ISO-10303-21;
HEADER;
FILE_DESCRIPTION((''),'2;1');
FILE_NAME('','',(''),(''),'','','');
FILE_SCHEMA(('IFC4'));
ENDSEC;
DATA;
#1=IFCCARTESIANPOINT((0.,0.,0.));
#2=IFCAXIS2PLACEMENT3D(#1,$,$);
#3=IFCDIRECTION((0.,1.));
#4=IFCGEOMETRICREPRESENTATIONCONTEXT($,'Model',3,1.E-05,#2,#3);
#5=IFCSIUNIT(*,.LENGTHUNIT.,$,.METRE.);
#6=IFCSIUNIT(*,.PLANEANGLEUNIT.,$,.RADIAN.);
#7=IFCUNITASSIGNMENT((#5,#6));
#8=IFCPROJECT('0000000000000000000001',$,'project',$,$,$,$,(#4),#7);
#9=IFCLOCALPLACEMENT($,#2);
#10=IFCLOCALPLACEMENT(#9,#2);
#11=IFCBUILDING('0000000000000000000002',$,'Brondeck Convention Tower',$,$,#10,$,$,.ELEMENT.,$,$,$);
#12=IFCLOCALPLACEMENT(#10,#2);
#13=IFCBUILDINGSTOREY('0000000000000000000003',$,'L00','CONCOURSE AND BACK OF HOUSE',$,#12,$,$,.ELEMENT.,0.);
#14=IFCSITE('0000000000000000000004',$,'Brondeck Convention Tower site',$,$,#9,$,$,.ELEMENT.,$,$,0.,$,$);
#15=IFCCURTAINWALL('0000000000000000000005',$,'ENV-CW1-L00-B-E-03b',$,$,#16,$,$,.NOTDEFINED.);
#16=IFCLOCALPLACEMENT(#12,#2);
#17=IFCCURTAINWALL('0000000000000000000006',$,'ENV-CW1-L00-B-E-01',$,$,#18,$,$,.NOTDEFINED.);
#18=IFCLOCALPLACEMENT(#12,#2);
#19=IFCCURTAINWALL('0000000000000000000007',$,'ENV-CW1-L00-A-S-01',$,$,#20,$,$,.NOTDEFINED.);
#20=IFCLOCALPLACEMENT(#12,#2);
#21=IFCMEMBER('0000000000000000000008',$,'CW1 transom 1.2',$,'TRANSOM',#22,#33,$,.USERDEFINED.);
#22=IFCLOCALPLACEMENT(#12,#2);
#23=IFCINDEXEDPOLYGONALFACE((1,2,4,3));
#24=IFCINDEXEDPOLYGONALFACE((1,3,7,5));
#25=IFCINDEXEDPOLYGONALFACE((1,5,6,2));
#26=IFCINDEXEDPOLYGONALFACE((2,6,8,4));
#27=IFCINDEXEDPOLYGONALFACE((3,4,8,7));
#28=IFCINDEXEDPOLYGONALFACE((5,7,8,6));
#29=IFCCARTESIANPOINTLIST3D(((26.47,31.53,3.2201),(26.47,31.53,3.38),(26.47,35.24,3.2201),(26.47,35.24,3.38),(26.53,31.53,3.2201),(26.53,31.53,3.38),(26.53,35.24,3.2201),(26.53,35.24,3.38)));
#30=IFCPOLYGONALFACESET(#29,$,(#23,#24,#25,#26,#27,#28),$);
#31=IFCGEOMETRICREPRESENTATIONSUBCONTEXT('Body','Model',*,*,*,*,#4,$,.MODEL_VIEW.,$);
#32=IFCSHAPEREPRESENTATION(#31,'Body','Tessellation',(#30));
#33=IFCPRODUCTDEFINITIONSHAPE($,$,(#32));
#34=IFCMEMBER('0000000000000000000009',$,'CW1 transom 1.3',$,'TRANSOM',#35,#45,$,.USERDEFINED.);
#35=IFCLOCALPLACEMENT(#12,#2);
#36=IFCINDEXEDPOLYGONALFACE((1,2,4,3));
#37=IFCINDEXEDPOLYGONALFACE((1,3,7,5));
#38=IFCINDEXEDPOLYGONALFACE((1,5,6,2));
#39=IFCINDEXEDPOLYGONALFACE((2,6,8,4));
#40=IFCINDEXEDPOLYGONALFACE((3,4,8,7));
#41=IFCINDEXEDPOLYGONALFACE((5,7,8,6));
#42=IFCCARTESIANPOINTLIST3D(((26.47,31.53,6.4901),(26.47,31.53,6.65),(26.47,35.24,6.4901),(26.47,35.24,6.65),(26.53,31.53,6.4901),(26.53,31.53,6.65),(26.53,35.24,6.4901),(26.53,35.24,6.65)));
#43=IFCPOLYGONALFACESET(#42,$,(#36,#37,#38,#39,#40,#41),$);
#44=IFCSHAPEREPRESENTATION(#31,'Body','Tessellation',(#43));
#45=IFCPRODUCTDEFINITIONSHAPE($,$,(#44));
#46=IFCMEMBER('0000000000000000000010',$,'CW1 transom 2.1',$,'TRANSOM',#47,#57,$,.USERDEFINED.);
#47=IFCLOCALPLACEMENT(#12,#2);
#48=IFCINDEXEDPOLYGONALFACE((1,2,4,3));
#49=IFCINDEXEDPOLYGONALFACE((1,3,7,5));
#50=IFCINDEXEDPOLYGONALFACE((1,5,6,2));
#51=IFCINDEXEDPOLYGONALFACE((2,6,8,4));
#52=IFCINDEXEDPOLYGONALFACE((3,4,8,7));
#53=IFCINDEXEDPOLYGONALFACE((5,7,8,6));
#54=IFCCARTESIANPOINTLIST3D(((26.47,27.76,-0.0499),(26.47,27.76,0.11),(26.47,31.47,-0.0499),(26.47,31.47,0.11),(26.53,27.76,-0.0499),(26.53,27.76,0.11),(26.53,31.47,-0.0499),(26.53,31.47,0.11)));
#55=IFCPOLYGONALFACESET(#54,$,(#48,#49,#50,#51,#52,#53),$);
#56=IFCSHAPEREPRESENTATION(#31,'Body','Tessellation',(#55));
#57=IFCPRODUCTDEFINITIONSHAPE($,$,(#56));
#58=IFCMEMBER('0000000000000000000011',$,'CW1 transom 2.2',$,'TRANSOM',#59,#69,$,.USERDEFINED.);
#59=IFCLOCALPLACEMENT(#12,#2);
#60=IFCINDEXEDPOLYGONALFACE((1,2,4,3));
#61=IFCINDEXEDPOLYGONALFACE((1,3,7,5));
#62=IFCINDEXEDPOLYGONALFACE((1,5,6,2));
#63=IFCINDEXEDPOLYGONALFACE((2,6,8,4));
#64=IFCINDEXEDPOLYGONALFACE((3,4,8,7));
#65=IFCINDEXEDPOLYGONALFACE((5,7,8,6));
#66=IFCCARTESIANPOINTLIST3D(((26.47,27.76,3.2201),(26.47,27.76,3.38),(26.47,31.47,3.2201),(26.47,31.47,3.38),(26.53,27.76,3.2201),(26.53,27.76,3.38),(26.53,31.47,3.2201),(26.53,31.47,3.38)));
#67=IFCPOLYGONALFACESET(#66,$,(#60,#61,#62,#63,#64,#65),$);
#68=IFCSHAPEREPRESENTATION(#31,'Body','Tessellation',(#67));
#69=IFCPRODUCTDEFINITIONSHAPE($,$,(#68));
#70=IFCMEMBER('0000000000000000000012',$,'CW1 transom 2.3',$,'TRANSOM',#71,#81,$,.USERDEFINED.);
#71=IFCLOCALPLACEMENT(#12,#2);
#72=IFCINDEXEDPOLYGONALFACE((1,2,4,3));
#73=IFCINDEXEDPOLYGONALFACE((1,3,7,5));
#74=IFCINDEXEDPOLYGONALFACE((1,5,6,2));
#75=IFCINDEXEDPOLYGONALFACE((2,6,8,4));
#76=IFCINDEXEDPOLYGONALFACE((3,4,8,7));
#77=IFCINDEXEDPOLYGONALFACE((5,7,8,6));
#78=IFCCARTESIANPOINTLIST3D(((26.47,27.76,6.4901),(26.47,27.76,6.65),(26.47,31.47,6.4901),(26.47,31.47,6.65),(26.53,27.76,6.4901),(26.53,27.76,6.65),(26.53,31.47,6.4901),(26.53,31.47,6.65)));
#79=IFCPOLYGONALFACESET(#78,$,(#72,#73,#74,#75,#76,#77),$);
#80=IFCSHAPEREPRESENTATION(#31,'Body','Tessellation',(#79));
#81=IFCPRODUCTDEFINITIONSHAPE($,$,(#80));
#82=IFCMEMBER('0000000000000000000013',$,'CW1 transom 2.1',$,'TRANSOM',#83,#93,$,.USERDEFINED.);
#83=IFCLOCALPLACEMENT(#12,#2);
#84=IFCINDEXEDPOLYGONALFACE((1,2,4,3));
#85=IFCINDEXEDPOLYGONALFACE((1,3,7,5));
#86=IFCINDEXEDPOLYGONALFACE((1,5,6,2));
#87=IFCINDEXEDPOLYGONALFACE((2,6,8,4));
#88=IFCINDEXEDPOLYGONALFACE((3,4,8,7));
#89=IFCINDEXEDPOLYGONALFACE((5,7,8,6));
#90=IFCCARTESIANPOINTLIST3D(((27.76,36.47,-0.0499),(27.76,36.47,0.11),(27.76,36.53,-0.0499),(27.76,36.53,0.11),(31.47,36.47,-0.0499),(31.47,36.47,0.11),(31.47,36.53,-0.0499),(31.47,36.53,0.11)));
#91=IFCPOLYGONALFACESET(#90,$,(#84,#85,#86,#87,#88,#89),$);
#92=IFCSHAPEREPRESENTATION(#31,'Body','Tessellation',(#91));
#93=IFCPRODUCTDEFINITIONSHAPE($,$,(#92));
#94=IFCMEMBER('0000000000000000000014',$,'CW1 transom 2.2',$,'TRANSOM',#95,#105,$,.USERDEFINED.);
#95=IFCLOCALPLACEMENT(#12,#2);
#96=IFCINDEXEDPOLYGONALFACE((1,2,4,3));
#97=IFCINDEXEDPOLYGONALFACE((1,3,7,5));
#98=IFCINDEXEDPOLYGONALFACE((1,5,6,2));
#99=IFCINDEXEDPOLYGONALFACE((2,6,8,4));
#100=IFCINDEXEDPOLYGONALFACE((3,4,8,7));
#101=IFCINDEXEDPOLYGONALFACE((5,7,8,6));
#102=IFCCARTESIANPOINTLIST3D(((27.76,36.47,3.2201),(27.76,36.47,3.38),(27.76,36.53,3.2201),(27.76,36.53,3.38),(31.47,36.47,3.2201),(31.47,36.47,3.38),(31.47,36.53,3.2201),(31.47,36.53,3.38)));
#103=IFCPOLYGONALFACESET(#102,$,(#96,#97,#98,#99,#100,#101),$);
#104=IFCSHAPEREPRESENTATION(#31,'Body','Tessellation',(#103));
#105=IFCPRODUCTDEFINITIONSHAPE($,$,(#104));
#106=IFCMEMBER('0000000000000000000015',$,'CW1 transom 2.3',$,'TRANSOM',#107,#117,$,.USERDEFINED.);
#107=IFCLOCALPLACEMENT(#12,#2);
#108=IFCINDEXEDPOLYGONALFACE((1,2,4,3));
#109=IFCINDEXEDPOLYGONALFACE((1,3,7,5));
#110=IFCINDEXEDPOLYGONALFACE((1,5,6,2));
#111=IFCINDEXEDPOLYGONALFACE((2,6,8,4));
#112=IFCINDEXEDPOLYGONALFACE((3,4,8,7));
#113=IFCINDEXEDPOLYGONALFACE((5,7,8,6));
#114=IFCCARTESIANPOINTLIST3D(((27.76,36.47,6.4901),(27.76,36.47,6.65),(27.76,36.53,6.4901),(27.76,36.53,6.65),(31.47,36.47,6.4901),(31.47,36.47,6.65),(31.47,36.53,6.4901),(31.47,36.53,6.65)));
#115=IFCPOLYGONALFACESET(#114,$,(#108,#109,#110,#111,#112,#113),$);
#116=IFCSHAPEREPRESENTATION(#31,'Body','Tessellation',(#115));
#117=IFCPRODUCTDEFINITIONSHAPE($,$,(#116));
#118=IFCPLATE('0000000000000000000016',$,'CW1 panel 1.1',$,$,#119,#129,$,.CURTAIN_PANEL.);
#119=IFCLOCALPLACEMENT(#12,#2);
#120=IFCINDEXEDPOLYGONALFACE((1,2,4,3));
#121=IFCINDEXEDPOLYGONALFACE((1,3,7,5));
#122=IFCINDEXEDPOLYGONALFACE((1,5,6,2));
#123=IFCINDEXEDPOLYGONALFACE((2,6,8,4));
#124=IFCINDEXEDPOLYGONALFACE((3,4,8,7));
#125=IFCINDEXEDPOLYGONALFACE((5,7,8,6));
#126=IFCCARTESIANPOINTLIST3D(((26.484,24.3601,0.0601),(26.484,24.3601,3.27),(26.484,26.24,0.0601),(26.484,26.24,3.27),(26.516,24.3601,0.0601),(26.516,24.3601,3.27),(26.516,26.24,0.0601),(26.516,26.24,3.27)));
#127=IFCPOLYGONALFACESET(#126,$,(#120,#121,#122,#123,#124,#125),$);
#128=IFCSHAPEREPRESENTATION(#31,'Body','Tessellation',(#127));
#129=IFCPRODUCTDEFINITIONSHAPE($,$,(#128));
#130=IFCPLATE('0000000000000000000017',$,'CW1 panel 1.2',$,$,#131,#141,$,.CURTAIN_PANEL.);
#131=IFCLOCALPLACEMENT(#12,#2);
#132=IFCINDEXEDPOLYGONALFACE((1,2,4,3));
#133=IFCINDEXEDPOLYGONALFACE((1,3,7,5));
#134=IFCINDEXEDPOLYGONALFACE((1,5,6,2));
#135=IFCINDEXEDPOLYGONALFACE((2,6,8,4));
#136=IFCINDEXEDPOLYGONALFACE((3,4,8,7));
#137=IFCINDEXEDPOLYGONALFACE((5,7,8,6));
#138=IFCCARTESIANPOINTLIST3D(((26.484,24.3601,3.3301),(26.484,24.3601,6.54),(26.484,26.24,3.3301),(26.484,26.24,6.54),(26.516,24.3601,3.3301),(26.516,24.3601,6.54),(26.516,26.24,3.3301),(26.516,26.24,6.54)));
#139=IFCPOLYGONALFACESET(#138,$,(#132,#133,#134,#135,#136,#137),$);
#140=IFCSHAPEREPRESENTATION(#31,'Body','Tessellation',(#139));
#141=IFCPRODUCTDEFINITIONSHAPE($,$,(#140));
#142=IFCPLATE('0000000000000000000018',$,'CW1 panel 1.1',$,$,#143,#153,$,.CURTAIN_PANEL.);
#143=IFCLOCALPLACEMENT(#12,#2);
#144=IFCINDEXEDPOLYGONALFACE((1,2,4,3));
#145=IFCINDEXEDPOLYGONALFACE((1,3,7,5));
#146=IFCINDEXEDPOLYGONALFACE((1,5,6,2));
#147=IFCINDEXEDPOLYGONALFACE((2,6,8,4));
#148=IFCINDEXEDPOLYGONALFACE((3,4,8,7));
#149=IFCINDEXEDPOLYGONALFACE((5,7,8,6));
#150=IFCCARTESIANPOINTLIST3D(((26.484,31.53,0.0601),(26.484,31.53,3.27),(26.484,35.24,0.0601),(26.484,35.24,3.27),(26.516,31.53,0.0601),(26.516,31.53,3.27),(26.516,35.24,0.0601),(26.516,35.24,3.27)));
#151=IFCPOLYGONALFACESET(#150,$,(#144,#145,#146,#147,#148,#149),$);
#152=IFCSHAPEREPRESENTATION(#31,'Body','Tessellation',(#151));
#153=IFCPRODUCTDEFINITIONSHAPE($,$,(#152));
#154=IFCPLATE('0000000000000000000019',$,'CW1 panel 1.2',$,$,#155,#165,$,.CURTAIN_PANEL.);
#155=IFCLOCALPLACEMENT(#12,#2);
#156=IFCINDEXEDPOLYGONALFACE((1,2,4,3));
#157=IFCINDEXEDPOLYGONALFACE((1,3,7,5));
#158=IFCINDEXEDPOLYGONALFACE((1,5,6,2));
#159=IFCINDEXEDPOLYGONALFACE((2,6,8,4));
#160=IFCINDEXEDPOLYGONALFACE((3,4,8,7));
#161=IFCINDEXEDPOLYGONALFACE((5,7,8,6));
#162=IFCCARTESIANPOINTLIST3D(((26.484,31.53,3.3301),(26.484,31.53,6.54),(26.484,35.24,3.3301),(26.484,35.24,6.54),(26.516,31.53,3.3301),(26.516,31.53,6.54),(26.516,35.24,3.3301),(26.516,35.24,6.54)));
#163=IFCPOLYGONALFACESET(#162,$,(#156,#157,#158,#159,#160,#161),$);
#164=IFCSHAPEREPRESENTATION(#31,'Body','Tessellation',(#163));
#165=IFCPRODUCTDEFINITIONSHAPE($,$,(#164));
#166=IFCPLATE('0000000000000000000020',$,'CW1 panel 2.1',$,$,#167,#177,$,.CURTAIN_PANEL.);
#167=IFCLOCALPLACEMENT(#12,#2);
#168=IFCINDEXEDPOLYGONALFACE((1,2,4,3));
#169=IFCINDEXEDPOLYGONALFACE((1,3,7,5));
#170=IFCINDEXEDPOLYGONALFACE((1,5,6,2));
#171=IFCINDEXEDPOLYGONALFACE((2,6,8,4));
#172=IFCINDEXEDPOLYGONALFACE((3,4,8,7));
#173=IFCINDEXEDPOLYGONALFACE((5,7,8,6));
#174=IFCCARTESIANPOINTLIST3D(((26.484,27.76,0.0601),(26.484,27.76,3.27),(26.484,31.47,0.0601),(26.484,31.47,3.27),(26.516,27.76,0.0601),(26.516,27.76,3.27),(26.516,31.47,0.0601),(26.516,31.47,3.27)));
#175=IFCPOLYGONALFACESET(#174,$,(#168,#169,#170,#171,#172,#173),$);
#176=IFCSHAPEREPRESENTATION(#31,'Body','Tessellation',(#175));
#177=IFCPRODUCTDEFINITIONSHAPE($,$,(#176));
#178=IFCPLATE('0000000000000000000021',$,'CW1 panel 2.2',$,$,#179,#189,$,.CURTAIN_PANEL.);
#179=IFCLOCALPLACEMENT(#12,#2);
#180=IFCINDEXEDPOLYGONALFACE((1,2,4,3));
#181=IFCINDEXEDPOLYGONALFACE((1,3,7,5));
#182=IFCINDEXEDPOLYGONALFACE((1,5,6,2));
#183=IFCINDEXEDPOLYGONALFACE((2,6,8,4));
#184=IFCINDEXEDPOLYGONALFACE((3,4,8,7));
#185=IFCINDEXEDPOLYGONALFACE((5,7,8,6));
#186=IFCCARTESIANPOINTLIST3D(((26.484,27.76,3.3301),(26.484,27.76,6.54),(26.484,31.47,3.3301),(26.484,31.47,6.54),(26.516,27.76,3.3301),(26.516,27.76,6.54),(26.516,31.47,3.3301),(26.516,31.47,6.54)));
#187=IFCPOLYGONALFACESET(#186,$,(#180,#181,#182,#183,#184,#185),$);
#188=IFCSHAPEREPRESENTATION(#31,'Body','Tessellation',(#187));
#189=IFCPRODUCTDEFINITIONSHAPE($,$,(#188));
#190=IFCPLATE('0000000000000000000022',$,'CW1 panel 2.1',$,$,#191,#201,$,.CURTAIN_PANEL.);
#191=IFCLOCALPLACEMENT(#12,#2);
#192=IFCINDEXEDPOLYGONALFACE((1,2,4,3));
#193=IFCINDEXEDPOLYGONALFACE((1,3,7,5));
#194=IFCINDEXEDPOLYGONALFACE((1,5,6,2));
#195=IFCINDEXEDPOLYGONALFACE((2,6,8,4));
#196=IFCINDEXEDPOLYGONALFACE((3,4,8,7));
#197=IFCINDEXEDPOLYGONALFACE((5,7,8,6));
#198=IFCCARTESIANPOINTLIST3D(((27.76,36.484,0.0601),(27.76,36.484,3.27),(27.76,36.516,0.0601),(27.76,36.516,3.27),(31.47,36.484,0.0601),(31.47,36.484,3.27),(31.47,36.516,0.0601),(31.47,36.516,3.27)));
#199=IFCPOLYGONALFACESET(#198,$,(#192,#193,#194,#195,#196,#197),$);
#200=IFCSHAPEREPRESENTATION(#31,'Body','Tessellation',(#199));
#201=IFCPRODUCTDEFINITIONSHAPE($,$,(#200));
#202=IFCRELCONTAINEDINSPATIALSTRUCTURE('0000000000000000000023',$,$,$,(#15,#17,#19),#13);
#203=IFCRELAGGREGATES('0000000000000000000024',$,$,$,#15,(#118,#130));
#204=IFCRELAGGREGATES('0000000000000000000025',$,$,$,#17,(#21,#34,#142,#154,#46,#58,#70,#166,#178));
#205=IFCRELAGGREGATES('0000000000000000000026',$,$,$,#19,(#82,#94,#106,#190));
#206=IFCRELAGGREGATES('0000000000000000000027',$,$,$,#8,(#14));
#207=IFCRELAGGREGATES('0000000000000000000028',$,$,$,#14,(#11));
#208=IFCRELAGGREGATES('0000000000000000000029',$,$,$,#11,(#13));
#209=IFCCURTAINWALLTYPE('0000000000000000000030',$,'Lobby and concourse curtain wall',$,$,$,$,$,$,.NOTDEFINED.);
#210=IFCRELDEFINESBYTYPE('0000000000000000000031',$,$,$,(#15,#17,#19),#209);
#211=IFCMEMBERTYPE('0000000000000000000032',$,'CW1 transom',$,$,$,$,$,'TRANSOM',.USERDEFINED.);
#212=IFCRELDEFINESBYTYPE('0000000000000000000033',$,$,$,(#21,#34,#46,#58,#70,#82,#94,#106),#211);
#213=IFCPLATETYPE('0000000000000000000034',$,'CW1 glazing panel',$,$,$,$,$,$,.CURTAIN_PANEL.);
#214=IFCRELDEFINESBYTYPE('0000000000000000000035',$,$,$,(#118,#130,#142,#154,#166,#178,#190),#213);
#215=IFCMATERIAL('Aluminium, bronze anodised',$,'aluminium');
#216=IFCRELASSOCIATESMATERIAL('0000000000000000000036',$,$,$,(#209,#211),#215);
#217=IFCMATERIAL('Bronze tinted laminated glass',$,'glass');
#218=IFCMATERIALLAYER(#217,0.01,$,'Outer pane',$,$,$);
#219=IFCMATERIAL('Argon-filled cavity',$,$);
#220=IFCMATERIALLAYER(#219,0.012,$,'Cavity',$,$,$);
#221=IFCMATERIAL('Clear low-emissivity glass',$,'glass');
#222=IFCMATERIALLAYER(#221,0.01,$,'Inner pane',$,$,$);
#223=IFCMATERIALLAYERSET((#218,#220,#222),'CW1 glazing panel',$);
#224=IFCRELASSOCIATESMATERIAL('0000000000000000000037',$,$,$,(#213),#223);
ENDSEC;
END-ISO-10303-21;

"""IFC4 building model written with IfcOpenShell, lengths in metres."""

from ifc_helpers import new_model, si_unit, direction, frame, origin, origin_2d, place, context, subcontext, project, spatial, rectangle, extrude, material, layer, layer_set, material_profile, profile_set, type_object, element, aggregate, save


model = new_model("IFC4")

# Units and contexts
model_context = context("Model", 3, precision=1e-05, world=origin(), true_north=direction((0.0, 1.0)))
body_context = subcontext(model_context, "Body", "Model", "MODEL_VIEW")
ifc_project = project(units=[si_unit("LENGTHUNIT", "METRE"), si_unit("PLANEANGLEUNIT", "RADIAN")], contexts=[model_context])

# Site, building, storey
site_placement = place(None, origin())
site = spatial("IfcSite", under=ifc_project, at=site_placement, Name="Brondeck Convention Tower site", CompositionType="ELEMENT", RefElevation=0.0)
building_placement = place(site_placement, origin())
building = spatial("IfcBuilding", under=site, at=building_placement, Name="Brondeck Convention Tower", CompositionType="ELEMENT")
storey_placement = place(building_placement, origin())
storey = spatial("IfcBuildingStorey", under=building, at=storey_placement, Name="L00", Description="CONCOURSE AND BACK OF HOUSE", CompositionType="ELEMENT", Elevation=0.0)

# Shared definitions
ifc_material_1 = material(Name="Aluminium, bronze anodised", Category="aluminium")
curtain_wall_type = type_object("IfcCurtainWallType", Name="Lobby and concourse curtain wall", PredefinedType="NOTDEFINED", material=ifc_material_1)

# Curtain walls
curtain_wall_1_placement = place(storey_placement, origin())
curtain_wall_1 = element("IfcCurtainWall", 1, at=curtain_wall_1_placement, inside=storey, type_object=curtain_wall_type, Name="ENV-CW1-L00-B-E-03b", PredefinedType="NOTDEFINED")
curtain_wall_2_placement = place(storey_placement, origin())
curtain_wall_2 = element("IfcCurtainWall", 2, at=curtain_wall_2_placement, inside=storey, type_object=curtain_wall_type, Name="ENV-CW1-L00-B-E-01", PredefinedType="NOTDEFINED")
curtain_wall_3_placement = place(storey_placement, origin())
curtain_wall_3 = element("IfcCurtainWall", 3, at=curtain_wall_3_placement, inside=storey, type_object=curtain_wall_type, Name="ENV-CW1-L00-A-S-01", PredefinedType="NOTDEFINED")

# Members
ifc_material_profile_1 = material_profile(ifc_material_1, rectangle(XDim=0.0601, YDim=0.1599, at=origin_2d()), Name="CW1 transom")
ifc_profile_set_1 = profile_set([ifc_material_profile_1], Name="Aluminium, bronze anodised")
member_type_1 = type_object("IfcMemberType", Name="CW1 transom", ElementType="TRANSOM", PredefinedType="USERDEFINED", material=ifc_profile_set_1)
member_1_placement = place(storey_placement, frame((26.5, 35.24, 3.3), z_axis=(0.0, -1.0, 0.0), x_axis=(1.0, 0.0, 0.0)))
member_1 = element("IfcMember", 4, at=member_1_placement, type_object=member_type_1, Name="CW1 transom 1.2", ObjectType="TRANSOM", PredefinedType="USERDEFINED", context=body_context, shape_type="SweptSolid", body=[
    extrude(rectangle(XDim=0.0601, YDim=0.1599, at=origin_2d()), origin(), (0.0, 0.0, 1.0), 3.71),
])
member_2_placement = place(storey_placement, frame((26.5, 35.24, 6.5701), z_axis=(0.0, -1.0, 0.0), x_axis=(1.0, 0.0, 0.0)))
member_2 = element("IfcMember", 5, at=member_2_placement, type_object=member_type_1, Name="CW1 transom 1.3", ObjectType="TRANSOM", PredefinedType="USERDEFINED", context=body_context, shape_type="SweptSolid", body=[
    extrude(rectangle(XDim=0.0601, YDim=0.1599, at=origin_2d()), origin(), (0.0, 0.0, 1.0), 3.71),
])
member_3_placement = place(storey_placement, frame((26.5, 31.47, 0.03), z_axis=(0.0, -1.0, 0.0), x_axis=(1.0, 0.0, 0.0)))
member_3 = element("IfcMember", 6, at=member_3_placement, type_object=member_type_1, Name="CW1 transom 2.1", ObjectType="TRANSOM", PredefinedType="USERDEFINED", context=body_context, shape_type="SweptSolid", body=[
    extrude(rectangle(XDim=0.0601, YDim=0.1599, at=origin_2d()), origin(), (0.0, 0.0, 1.0), 3.71),
])
member_4_placement = place(storey_placement, frame((26.5, 31.47, 3.3), z_axis=(0.0, -1.0, 0.0), x_axis=(1.0, 0.0, 0.0)))
member_4 = element("IfcMember", 7, at=member_4_placement, type_object=member_type_1, Name="CW1 transom 2.2", ObjectType="TRANSOM", PredefinedType="USERDEFINED", context=body_context, shape_type="SweptSolid", body=[
    extrude(rectangle(XDim=0.0601, YDim=0.1599, at=origin_2d()), origin(), (0.0, 0.0, 1.0), 3.71),
])
member_5_placement = place(storey_placement, frame((26.5, 31.47, 6.5701), z_axis=(0.0, -1.0, 0.0), x_axis=(1.0, 0.0, 0.0)))
member_5 = element("IfcMember", 8, at=member_5_placement, type_object=member_type_1, Name="CW1 transom 2.3", ObjectType="TRANSOM", PredefinedType="USERDEFINED", context=body_context, shape_type="SweptSolid", body=[
    extrude(rectangle(XDim=0.0601, YDim=0.1599, at=origin_2d()), origin(), (0.0, 0.0, 1.0), 3.71),
])
member_6_placement = place(storey_placement, frame((31.47, 36.5, 0.03), z_axis=(-1.0, 0.0, 0.0), x_axis=(0.0, -1.0, 0.0)))
member_6 = element("IfcMember", 9, at=member_6_placement, type_object=member_type_1, Name="CW1 transom 2.1", ObjectType="TRANSOM", PredefinedType="USERDEFINED", context=body_context, shape_type="SweptSolid", body=[
    extrude(rectangle(XDim=0.0601, YDim=0.1599, at=origin_2d()), origin(), (0.0, 0.0, 1.0), 3.71),
])
member_7_placement = place(storey_placement, frame((31.47, 36.5, 3.3), z_axis=(-1.0, 0.0, 0.0), x_axis=(0.0, -1.0, 0.0)))
member_7 = element("IfcMember", 10, at=member_7_placement, type_object=member_type_1, Name="CW1 transom 2.2", ObjectType="TRANSOM", PredefinedType="USERDEFINED", context=body_context, shape_type="SweptSolid", body=[
    extrude(rectangle(XDim=0.0601, YDim=0.1599, at=origin_2d()), origin(), (0.0, 0.0, 1.0), 3.71),
])
member_8_placement = place(storey_placement, frame((31.47, 36.5, 6.5701), z_axis=(-1.0, 0.0, 0.0), x_axis=(0.0, -1.0, 0.0)))
member_8 = element("IfcMember", 11, at=member_8_placement, type_object=member_type_1, Name="CW1 transom 2.3", ObjectType="TRANSOM", PredefinedType="USERDEFINED", context=body_context, shape_type="SweptSolid", body=[
    extrude(rectangle(XDim=0.0601, YDim=0.1599, at=origin_2d()), origin(), (0.0, 0.0, 1.0), 3.71),
])

# Plates
ifc_material_2 = material(Name="Bronze tinted laminated glass", Category="glass")
ifc_layer_1 = layer(ifc_material_2, 0.01, Name="Outer pane")
ifc_material_3 = material(Name="Argon-filled cavity")
ifc_layer_2 = layer(ifc_material_3, 0.012, Name="Cavity")
ifc_material_4 = material(Name="Clear low-emissivity glass", Category="glass")
ifc_layer_3 = layer(ifc_material_4, 0.01, Name="Inner pane")
ifc_layer_set_1 = layer_set([ifc_layer_1, ifc_layer_2, ifc_layer_3], Name="CW1 glazing panel")
plate_type = type_object("IfcPlateType", Name="CW1 glazing panel", PredefinedType="CURTAIN_PANEL", material=ifc_layer_set_1)
plate_1_placement = place(storey_placement, frame((26.5, 25.3, 0.0601), z_axis=(0.0, 0.0, 1.0), x_axis=(0.0, -1.0, 0.0)))
plate_1 = element("IfcPlate", 12, at=plate_1_placement, type_object=plate_type, Name="CW1 panel 1.1", PredefinedType="CURTAIN_PANEL", context=body_context, shape_type="SweptSolid", body=[
    extrude(rectangle(XDim=1.8799, YDim=0.032, at=origin_2d()), origin(), (0.0, 0.0, 1.0), 3.21),
])
plate_2_placement = place(storey_placement, frame((26.5, 25.3, 3.3301), z_axis=(0.0, 0.0, 1.0), x_axis=(0.0, -1.0, 0.0)))
plate_2 = element("IfcPlate", 13, at=plate_2_placement, type_object=plate_type, Name="CW1 panel 1.2", PredefinedType="CURTAIN_PANEL", context=body_context, shape_type="SweptSolid", body=[
    extrude(rectangle(XDim=1.8799, YDim=0.032, at=origin_2d()), origin(), (0.0, 0.0, 1.0), 3.21),
])
aggregate(curtain_wall_1, [plate_1, plate_2])
plate_3_placement = place(storey_placement, frame((26.5, 33.385, 0.0601), z_axis=(0.0, 0.0, 1.0), x_axis=(0.0, -1.0, 0.0)))
plate_3 = element("IfcPlate", 14, at=plate_3_placement, type_object=plate_type, Name="CW1 panel 1.1", PredefinedType="CURTAIN_PANEL", context=body_context, shape_type="SweptSolid", body=[
    extrude(rectangle(XDim=3.71, YDim=0.032, at=origin_2d()), origin(), (0.0, 0.0, 1.0), 3.21),
])
plate_4_placement = place(storey_placement, frame((26.5, 33.385, 3.3301), z_axis=(0.0, 0.0, 1.0), x_axis=(0.0, -1.0, 0.0)))
plate_4 = element("IfcPlate", 15, at=plate_4_placement, type_object=plate_type, Name="CW1 panel 1.2", PredefinedType="CURTAIN_PANEL", context=body_context, shape_type="SweptSolid", body=[
    extrude(rectangle(XDim=3.71, YDim=0.032, at=origin_2d()), origin(), (0.0, 0.0, 1.0), 3.21),
])
plate_5_placement = place(storey_placement, frame((26.5, 29.615, 0.0601), z_axis=(0.0, 0.0, 1.0), x_axis=(0.0, -1.0, 0.0)))
plate_5 = element("IfcPlate", 16, at=plate_5_placement, type_object=plate_type, Name="CW1 panel 2.1", PredefinedType="CURTAIN_PANEL", context=body_context, shape_type="SweptSolid", body=[
    extrude(rectangle(XDim=3.71, YDim=0.032, at=origin_2d()), origin(), (0.0, 0.0, 1.0), 3.21),
])
plate_6_placement = place(storey_placement, frame((26.5, 29.615, 3.3301), z_axis=(0.0, 0.0, 1.0), x_axis=(0.0, -1.0, 0.0)))
plate_6 = element("IfcPlate", 17, at=plate_6_placement, type_object=plate_type, Name="CW1 panel 2.2", PredefinedType="CURTAIN_PANEL", context=body_context, shape_type="SweptSolid", body=[
    extrude(rectangle(XDim=3.71, YDim=0.032, at=origin_2d()), origin(), (0.0, 0.0, 1.0), 3.21),
])
aggregate(curtain_wall_2, [member_1, member_2, plate_3, plate_4, member_3, member_4, member_5, plate_5, plate_6])
plate_7_placement = place(storey_placement, frame((29.615, 36.5, 0.0601), z_axis=(0.0, 0.0, 1.0), x_axis=(-1.0, 0.0, 0.0)))
plate_7 = element("IfcPlate", 18, at=plate_7_placement, type_object=plate_type, Name="CW1 panel 2.1", PredefinedType="CURTAIN_PANEL", context=body_context, shape_type="SweptSolid", body=[
    extrude(rectangle(XDim=3.71, YDim=0.032, at=origin_2d()), origin(), (0.0, 0.0, 1.0), 3.21),
])
aggregate(curtain_wall_3, [member_6, member_7, member_8, plate_7])

save(model, "model.ifc")
